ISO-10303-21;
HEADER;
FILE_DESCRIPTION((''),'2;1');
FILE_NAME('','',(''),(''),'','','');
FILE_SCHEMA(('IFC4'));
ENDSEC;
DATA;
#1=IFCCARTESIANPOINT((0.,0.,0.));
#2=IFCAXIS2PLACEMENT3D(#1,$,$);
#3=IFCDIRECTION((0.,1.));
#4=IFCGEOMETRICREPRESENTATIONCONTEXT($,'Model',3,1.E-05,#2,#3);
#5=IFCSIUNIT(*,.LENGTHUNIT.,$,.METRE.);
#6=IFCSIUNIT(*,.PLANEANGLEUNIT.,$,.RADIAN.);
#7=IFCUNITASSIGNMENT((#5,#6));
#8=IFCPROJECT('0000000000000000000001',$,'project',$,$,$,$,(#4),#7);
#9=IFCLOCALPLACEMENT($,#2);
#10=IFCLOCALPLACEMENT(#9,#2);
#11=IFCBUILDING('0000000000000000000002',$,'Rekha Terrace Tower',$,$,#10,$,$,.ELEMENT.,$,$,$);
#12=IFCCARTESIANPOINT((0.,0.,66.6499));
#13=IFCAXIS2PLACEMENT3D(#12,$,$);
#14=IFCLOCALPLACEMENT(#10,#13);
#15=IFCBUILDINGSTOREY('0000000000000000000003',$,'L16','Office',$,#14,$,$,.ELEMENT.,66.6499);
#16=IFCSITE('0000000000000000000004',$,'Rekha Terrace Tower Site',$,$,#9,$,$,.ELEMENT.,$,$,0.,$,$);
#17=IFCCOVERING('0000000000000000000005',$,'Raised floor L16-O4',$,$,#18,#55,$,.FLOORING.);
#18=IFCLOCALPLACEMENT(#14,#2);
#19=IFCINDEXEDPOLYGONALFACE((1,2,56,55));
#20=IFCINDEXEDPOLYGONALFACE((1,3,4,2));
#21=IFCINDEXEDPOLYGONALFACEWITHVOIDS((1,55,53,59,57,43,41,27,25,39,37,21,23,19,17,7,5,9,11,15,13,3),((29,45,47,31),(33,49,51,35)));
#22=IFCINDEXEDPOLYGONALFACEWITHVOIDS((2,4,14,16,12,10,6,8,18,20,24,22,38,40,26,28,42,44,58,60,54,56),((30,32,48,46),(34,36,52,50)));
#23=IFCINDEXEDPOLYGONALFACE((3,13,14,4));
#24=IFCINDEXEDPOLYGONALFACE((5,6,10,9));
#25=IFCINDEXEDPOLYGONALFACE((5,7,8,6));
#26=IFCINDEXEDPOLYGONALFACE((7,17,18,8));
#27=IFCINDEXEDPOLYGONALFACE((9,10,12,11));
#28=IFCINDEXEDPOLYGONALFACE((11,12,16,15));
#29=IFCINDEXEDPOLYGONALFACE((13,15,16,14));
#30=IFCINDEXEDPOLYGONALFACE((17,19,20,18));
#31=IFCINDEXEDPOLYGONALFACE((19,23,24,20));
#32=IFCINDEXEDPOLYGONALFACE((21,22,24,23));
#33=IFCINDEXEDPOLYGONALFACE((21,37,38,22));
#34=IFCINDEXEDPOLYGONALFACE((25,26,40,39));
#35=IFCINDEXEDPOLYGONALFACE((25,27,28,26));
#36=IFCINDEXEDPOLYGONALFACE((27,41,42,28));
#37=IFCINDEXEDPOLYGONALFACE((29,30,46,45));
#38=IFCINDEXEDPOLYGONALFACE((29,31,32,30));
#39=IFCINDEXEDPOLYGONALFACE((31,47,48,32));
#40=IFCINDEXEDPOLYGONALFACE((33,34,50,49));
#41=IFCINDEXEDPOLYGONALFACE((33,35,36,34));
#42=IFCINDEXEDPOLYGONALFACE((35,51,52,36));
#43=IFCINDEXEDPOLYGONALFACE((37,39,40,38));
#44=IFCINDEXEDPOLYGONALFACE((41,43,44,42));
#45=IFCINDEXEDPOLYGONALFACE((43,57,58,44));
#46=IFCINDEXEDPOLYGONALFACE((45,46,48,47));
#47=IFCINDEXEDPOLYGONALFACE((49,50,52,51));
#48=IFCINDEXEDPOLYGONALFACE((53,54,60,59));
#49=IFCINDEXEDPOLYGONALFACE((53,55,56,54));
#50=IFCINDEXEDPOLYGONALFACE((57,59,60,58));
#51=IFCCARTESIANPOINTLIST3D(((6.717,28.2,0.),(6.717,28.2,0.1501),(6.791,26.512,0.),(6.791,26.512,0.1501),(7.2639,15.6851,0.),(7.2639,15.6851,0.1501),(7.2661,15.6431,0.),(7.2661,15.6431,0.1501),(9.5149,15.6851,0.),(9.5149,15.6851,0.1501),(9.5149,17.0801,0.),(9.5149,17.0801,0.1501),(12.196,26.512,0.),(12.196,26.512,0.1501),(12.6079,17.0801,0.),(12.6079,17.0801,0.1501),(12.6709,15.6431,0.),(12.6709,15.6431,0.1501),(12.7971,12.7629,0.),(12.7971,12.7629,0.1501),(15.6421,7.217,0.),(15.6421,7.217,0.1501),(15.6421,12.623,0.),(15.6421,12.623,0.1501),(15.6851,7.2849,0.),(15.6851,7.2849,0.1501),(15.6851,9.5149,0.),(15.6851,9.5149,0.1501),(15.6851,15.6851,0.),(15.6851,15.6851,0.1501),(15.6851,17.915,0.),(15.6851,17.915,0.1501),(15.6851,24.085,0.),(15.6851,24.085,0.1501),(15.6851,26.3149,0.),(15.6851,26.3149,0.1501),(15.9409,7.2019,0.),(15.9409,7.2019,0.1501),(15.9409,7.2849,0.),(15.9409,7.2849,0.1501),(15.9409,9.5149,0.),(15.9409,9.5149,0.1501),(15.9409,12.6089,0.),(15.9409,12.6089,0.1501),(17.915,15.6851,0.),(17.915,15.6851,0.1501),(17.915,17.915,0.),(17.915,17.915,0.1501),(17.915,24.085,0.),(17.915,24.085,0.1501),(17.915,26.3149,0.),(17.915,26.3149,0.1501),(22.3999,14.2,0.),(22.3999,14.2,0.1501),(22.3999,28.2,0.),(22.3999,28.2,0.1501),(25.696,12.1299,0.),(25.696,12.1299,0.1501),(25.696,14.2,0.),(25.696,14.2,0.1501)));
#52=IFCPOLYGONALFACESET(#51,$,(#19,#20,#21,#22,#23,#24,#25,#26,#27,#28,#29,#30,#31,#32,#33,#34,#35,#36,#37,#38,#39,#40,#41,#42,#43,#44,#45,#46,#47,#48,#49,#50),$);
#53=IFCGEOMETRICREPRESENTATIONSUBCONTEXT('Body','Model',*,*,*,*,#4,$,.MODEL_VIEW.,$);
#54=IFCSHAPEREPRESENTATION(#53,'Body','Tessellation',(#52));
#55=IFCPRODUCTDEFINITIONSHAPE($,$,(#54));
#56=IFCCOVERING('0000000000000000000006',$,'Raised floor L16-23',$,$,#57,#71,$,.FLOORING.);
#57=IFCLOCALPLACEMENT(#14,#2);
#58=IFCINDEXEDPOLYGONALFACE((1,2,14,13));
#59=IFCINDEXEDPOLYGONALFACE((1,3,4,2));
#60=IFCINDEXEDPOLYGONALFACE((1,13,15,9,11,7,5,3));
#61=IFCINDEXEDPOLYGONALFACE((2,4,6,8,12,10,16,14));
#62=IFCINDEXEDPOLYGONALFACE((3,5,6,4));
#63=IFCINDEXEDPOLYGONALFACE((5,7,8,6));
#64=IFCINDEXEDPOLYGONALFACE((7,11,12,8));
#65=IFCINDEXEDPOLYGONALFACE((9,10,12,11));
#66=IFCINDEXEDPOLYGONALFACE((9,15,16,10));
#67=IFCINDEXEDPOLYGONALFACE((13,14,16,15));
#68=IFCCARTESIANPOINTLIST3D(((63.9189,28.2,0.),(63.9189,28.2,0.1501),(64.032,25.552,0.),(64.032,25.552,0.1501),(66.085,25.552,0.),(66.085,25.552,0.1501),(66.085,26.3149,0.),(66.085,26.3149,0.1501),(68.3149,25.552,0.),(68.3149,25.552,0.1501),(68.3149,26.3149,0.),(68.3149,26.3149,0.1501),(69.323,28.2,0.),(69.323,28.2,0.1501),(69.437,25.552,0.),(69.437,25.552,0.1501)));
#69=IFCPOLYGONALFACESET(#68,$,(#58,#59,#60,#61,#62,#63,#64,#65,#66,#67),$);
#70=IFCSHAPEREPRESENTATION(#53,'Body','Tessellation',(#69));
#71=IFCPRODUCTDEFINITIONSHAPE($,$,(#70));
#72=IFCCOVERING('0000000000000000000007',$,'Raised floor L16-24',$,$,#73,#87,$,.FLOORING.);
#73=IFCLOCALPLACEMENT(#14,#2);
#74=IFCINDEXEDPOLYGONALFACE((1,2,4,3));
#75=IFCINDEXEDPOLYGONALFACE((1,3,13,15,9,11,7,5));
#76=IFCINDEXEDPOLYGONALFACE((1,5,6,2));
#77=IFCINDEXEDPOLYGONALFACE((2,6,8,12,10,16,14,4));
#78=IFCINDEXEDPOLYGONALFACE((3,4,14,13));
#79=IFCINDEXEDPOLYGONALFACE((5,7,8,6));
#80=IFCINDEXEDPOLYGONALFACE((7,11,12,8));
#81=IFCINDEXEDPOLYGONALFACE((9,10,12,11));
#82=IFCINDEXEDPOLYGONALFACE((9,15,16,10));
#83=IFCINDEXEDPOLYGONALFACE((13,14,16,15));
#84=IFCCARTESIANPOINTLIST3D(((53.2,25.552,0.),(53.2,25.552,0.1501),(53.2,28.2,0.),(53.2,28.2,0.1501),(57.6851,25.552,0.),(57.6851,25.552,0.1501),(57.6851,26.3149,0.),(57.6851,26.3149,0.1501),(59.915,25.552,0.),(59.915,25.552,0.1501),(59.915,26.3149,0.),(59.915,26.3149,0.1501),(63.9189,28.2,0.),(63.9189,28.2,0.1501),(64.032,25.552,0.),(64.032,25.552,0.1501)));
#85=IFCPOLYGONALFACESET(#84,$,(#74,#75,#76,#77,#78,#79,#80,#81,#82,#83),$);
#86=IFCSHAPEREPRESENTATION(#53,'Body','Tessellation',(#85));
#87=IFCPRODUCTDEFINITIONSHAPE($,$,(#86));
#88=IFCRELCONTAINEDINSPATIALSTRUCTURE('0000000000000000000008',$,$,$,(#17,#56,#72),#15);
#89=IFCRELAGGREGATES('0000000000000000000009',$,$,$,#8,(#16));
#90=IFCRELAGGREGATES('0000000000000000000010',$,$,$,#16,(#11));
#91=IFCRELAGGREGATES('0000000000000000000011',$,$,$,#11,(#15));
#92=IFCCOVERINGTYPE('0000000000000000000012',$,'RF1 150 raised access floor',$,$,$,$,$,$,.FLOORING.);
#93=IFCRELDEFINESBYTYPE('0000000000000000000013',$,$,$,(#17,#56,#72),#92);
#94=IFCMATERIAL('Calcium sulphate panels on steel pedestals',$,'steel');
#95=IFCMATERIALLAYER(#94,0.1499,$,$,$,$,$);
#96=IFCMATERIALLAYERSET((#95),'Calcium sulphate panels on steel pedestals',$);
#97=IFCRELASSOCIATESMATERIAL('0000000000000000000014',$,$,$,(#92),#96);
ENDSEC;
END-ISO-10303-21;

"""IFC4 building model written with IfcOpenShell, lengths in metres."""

from ifc_helpers import new_model, si_unit, direction, frame, origin, place, context, subcontext, project, spatial, polyline, outline, extrude, material, layer, layer_set, type_object, element, save


model = new_model("IFC4")

# Units and contexts
model_context = context("Model", 3, precision=1e-05, world=origin(), true_north=direction((0.0, 1.0)))
body_context = subcontext(model_context, "Body", "Model", "MODEL_VIEW")
ifc_project = project(units=[si_unit("LENGTHUNIT", "METRE"), si_unit("PLANEANGLEUNIT", "RADIAN")], contexts=[model_context])

# Site, building, storey
site_placement = place(None, origin())
site = spatial("IfcSite", under=ifc_project, at=site_placement, Name="Rekha Terrace Tower Site", CompositionType="ELEMENT", RefElevation=0.0)
building_placement = place(site_placement, origin())
building = spatial("IfcBuilding", under=site, at=building_placement, Name="Rekha Terrace Tower", CompositionType="ELEMENT")
storey_placement = place(building_placement, frame((0.0, 0.0, 66.6499)))
storey = spatial("IfcBuildingStorey", under=building, at=storey_placement, Name="L16", Description="Office", CompositionType="ELEMENT", Elevation=66.6499)

# Coverings
ifc_material_1 = material(Name="Calcium sulphate panels on steel pedestals", Category="steel")
ifc_layer_1 = layer(ifc_material_1, 0.1499)
ifc_layer_set_1 = layer_set([ifc_layer_1], Name="Calcium sulphate panels on steel pedestals")
covering_type_1 = type_object("IfcCoveringType", Name="RF1 150 raised access floor", PredefinedType="FLOORING", material=ifc_layer_set_1)
covering_1_placement = place(storey_placement, origin())
element("IfcCovering", 1, at=covering_1_placement, inside=storey, type_object=covering_type_1, Name="Raised floor L16-O4", PredefinedType="FLOORING", context=body_context, shape_type="SweptSolid", body=[
    extrude(outline(polyline([(9.5149, 15.6851), (7.2639, 15.6851), (7.2661, 15.6431), (12.6709, 15.6431), (12.7971, 12.7629), (15.6421, 12.623), (15.6421, 7.217), (15.9409, 7.2019), (15.9409, 7.2849), (15.6851, 7.2849), (15.6851, 9.5149), (15.9409, 9.5149), (15.9409, 12.6089), (25.696, 12.1299), (25.696, 14.2), (22.3999, 14.2), (22.3999, 28.2), (6.717, 28.2), (6.791, 26.512), (12.196, 26.512), (12.6079, 17.0801), (9.5149, 17.0801), (9.5149, 15.6851)]), holes=[polyline([(17.915, 15.6851), (15.6851, 15.6851), (15.6851, 17.915), (17.915, 17.915), (17.915, 15.6851)]), polyline([(17.915, 24.085), (15.6851, 24.085), (15.6851, 26.3149), (17.915, 26.3149), (17.915, 24.085)])]), origin(), (0.0, 0.0, 1.0), 0.1501),
])
covering_2_placement = place(storey_placement, origin())
element("IfcCovering", 2, at=covering_2_placement, inside=storey, type_object=covering_type_1, Name="Raised floor L16-23", PredefinedType="FLOORING", context=body_context, shape_type="SweptSolid", body=[
    extrude(outline(polyline([(69.437, 25.552), (69.323, 28.2), (63.9189, 28.2), (64.032, 25.552), (66.085, 25.552), (66.085, 26.3149), (68.3149, 26.3149), (68.3149, 25.552), (69.437, 25.552)])), origin(), (0.0, 0.0, 1.0), 0.1501),
])
covering_3_placement = place(storey_placement, origin())
element("IfcCovering", 3, at=covering_3_placement, inside=storey, type_object=covering_type_1, Name="Raised floor L16-24", PredefinedType="FLOORING", context=body_context, shape_type="SweptSolid", body=[
    extrude(outline(polyline([(59.915, 26.3149), (59.915, 25.552), (64.032, 25.552), (63.9189, 28.2), (53.2, 28.2), (53.2, 25.552), (57.6851, 25.552), (57.6851, 26.3149), (59.915, 26.3149)])), origin(), (0.0, 0.0, 1.0), 0.1501),
])

save(model, "model.ifc")
